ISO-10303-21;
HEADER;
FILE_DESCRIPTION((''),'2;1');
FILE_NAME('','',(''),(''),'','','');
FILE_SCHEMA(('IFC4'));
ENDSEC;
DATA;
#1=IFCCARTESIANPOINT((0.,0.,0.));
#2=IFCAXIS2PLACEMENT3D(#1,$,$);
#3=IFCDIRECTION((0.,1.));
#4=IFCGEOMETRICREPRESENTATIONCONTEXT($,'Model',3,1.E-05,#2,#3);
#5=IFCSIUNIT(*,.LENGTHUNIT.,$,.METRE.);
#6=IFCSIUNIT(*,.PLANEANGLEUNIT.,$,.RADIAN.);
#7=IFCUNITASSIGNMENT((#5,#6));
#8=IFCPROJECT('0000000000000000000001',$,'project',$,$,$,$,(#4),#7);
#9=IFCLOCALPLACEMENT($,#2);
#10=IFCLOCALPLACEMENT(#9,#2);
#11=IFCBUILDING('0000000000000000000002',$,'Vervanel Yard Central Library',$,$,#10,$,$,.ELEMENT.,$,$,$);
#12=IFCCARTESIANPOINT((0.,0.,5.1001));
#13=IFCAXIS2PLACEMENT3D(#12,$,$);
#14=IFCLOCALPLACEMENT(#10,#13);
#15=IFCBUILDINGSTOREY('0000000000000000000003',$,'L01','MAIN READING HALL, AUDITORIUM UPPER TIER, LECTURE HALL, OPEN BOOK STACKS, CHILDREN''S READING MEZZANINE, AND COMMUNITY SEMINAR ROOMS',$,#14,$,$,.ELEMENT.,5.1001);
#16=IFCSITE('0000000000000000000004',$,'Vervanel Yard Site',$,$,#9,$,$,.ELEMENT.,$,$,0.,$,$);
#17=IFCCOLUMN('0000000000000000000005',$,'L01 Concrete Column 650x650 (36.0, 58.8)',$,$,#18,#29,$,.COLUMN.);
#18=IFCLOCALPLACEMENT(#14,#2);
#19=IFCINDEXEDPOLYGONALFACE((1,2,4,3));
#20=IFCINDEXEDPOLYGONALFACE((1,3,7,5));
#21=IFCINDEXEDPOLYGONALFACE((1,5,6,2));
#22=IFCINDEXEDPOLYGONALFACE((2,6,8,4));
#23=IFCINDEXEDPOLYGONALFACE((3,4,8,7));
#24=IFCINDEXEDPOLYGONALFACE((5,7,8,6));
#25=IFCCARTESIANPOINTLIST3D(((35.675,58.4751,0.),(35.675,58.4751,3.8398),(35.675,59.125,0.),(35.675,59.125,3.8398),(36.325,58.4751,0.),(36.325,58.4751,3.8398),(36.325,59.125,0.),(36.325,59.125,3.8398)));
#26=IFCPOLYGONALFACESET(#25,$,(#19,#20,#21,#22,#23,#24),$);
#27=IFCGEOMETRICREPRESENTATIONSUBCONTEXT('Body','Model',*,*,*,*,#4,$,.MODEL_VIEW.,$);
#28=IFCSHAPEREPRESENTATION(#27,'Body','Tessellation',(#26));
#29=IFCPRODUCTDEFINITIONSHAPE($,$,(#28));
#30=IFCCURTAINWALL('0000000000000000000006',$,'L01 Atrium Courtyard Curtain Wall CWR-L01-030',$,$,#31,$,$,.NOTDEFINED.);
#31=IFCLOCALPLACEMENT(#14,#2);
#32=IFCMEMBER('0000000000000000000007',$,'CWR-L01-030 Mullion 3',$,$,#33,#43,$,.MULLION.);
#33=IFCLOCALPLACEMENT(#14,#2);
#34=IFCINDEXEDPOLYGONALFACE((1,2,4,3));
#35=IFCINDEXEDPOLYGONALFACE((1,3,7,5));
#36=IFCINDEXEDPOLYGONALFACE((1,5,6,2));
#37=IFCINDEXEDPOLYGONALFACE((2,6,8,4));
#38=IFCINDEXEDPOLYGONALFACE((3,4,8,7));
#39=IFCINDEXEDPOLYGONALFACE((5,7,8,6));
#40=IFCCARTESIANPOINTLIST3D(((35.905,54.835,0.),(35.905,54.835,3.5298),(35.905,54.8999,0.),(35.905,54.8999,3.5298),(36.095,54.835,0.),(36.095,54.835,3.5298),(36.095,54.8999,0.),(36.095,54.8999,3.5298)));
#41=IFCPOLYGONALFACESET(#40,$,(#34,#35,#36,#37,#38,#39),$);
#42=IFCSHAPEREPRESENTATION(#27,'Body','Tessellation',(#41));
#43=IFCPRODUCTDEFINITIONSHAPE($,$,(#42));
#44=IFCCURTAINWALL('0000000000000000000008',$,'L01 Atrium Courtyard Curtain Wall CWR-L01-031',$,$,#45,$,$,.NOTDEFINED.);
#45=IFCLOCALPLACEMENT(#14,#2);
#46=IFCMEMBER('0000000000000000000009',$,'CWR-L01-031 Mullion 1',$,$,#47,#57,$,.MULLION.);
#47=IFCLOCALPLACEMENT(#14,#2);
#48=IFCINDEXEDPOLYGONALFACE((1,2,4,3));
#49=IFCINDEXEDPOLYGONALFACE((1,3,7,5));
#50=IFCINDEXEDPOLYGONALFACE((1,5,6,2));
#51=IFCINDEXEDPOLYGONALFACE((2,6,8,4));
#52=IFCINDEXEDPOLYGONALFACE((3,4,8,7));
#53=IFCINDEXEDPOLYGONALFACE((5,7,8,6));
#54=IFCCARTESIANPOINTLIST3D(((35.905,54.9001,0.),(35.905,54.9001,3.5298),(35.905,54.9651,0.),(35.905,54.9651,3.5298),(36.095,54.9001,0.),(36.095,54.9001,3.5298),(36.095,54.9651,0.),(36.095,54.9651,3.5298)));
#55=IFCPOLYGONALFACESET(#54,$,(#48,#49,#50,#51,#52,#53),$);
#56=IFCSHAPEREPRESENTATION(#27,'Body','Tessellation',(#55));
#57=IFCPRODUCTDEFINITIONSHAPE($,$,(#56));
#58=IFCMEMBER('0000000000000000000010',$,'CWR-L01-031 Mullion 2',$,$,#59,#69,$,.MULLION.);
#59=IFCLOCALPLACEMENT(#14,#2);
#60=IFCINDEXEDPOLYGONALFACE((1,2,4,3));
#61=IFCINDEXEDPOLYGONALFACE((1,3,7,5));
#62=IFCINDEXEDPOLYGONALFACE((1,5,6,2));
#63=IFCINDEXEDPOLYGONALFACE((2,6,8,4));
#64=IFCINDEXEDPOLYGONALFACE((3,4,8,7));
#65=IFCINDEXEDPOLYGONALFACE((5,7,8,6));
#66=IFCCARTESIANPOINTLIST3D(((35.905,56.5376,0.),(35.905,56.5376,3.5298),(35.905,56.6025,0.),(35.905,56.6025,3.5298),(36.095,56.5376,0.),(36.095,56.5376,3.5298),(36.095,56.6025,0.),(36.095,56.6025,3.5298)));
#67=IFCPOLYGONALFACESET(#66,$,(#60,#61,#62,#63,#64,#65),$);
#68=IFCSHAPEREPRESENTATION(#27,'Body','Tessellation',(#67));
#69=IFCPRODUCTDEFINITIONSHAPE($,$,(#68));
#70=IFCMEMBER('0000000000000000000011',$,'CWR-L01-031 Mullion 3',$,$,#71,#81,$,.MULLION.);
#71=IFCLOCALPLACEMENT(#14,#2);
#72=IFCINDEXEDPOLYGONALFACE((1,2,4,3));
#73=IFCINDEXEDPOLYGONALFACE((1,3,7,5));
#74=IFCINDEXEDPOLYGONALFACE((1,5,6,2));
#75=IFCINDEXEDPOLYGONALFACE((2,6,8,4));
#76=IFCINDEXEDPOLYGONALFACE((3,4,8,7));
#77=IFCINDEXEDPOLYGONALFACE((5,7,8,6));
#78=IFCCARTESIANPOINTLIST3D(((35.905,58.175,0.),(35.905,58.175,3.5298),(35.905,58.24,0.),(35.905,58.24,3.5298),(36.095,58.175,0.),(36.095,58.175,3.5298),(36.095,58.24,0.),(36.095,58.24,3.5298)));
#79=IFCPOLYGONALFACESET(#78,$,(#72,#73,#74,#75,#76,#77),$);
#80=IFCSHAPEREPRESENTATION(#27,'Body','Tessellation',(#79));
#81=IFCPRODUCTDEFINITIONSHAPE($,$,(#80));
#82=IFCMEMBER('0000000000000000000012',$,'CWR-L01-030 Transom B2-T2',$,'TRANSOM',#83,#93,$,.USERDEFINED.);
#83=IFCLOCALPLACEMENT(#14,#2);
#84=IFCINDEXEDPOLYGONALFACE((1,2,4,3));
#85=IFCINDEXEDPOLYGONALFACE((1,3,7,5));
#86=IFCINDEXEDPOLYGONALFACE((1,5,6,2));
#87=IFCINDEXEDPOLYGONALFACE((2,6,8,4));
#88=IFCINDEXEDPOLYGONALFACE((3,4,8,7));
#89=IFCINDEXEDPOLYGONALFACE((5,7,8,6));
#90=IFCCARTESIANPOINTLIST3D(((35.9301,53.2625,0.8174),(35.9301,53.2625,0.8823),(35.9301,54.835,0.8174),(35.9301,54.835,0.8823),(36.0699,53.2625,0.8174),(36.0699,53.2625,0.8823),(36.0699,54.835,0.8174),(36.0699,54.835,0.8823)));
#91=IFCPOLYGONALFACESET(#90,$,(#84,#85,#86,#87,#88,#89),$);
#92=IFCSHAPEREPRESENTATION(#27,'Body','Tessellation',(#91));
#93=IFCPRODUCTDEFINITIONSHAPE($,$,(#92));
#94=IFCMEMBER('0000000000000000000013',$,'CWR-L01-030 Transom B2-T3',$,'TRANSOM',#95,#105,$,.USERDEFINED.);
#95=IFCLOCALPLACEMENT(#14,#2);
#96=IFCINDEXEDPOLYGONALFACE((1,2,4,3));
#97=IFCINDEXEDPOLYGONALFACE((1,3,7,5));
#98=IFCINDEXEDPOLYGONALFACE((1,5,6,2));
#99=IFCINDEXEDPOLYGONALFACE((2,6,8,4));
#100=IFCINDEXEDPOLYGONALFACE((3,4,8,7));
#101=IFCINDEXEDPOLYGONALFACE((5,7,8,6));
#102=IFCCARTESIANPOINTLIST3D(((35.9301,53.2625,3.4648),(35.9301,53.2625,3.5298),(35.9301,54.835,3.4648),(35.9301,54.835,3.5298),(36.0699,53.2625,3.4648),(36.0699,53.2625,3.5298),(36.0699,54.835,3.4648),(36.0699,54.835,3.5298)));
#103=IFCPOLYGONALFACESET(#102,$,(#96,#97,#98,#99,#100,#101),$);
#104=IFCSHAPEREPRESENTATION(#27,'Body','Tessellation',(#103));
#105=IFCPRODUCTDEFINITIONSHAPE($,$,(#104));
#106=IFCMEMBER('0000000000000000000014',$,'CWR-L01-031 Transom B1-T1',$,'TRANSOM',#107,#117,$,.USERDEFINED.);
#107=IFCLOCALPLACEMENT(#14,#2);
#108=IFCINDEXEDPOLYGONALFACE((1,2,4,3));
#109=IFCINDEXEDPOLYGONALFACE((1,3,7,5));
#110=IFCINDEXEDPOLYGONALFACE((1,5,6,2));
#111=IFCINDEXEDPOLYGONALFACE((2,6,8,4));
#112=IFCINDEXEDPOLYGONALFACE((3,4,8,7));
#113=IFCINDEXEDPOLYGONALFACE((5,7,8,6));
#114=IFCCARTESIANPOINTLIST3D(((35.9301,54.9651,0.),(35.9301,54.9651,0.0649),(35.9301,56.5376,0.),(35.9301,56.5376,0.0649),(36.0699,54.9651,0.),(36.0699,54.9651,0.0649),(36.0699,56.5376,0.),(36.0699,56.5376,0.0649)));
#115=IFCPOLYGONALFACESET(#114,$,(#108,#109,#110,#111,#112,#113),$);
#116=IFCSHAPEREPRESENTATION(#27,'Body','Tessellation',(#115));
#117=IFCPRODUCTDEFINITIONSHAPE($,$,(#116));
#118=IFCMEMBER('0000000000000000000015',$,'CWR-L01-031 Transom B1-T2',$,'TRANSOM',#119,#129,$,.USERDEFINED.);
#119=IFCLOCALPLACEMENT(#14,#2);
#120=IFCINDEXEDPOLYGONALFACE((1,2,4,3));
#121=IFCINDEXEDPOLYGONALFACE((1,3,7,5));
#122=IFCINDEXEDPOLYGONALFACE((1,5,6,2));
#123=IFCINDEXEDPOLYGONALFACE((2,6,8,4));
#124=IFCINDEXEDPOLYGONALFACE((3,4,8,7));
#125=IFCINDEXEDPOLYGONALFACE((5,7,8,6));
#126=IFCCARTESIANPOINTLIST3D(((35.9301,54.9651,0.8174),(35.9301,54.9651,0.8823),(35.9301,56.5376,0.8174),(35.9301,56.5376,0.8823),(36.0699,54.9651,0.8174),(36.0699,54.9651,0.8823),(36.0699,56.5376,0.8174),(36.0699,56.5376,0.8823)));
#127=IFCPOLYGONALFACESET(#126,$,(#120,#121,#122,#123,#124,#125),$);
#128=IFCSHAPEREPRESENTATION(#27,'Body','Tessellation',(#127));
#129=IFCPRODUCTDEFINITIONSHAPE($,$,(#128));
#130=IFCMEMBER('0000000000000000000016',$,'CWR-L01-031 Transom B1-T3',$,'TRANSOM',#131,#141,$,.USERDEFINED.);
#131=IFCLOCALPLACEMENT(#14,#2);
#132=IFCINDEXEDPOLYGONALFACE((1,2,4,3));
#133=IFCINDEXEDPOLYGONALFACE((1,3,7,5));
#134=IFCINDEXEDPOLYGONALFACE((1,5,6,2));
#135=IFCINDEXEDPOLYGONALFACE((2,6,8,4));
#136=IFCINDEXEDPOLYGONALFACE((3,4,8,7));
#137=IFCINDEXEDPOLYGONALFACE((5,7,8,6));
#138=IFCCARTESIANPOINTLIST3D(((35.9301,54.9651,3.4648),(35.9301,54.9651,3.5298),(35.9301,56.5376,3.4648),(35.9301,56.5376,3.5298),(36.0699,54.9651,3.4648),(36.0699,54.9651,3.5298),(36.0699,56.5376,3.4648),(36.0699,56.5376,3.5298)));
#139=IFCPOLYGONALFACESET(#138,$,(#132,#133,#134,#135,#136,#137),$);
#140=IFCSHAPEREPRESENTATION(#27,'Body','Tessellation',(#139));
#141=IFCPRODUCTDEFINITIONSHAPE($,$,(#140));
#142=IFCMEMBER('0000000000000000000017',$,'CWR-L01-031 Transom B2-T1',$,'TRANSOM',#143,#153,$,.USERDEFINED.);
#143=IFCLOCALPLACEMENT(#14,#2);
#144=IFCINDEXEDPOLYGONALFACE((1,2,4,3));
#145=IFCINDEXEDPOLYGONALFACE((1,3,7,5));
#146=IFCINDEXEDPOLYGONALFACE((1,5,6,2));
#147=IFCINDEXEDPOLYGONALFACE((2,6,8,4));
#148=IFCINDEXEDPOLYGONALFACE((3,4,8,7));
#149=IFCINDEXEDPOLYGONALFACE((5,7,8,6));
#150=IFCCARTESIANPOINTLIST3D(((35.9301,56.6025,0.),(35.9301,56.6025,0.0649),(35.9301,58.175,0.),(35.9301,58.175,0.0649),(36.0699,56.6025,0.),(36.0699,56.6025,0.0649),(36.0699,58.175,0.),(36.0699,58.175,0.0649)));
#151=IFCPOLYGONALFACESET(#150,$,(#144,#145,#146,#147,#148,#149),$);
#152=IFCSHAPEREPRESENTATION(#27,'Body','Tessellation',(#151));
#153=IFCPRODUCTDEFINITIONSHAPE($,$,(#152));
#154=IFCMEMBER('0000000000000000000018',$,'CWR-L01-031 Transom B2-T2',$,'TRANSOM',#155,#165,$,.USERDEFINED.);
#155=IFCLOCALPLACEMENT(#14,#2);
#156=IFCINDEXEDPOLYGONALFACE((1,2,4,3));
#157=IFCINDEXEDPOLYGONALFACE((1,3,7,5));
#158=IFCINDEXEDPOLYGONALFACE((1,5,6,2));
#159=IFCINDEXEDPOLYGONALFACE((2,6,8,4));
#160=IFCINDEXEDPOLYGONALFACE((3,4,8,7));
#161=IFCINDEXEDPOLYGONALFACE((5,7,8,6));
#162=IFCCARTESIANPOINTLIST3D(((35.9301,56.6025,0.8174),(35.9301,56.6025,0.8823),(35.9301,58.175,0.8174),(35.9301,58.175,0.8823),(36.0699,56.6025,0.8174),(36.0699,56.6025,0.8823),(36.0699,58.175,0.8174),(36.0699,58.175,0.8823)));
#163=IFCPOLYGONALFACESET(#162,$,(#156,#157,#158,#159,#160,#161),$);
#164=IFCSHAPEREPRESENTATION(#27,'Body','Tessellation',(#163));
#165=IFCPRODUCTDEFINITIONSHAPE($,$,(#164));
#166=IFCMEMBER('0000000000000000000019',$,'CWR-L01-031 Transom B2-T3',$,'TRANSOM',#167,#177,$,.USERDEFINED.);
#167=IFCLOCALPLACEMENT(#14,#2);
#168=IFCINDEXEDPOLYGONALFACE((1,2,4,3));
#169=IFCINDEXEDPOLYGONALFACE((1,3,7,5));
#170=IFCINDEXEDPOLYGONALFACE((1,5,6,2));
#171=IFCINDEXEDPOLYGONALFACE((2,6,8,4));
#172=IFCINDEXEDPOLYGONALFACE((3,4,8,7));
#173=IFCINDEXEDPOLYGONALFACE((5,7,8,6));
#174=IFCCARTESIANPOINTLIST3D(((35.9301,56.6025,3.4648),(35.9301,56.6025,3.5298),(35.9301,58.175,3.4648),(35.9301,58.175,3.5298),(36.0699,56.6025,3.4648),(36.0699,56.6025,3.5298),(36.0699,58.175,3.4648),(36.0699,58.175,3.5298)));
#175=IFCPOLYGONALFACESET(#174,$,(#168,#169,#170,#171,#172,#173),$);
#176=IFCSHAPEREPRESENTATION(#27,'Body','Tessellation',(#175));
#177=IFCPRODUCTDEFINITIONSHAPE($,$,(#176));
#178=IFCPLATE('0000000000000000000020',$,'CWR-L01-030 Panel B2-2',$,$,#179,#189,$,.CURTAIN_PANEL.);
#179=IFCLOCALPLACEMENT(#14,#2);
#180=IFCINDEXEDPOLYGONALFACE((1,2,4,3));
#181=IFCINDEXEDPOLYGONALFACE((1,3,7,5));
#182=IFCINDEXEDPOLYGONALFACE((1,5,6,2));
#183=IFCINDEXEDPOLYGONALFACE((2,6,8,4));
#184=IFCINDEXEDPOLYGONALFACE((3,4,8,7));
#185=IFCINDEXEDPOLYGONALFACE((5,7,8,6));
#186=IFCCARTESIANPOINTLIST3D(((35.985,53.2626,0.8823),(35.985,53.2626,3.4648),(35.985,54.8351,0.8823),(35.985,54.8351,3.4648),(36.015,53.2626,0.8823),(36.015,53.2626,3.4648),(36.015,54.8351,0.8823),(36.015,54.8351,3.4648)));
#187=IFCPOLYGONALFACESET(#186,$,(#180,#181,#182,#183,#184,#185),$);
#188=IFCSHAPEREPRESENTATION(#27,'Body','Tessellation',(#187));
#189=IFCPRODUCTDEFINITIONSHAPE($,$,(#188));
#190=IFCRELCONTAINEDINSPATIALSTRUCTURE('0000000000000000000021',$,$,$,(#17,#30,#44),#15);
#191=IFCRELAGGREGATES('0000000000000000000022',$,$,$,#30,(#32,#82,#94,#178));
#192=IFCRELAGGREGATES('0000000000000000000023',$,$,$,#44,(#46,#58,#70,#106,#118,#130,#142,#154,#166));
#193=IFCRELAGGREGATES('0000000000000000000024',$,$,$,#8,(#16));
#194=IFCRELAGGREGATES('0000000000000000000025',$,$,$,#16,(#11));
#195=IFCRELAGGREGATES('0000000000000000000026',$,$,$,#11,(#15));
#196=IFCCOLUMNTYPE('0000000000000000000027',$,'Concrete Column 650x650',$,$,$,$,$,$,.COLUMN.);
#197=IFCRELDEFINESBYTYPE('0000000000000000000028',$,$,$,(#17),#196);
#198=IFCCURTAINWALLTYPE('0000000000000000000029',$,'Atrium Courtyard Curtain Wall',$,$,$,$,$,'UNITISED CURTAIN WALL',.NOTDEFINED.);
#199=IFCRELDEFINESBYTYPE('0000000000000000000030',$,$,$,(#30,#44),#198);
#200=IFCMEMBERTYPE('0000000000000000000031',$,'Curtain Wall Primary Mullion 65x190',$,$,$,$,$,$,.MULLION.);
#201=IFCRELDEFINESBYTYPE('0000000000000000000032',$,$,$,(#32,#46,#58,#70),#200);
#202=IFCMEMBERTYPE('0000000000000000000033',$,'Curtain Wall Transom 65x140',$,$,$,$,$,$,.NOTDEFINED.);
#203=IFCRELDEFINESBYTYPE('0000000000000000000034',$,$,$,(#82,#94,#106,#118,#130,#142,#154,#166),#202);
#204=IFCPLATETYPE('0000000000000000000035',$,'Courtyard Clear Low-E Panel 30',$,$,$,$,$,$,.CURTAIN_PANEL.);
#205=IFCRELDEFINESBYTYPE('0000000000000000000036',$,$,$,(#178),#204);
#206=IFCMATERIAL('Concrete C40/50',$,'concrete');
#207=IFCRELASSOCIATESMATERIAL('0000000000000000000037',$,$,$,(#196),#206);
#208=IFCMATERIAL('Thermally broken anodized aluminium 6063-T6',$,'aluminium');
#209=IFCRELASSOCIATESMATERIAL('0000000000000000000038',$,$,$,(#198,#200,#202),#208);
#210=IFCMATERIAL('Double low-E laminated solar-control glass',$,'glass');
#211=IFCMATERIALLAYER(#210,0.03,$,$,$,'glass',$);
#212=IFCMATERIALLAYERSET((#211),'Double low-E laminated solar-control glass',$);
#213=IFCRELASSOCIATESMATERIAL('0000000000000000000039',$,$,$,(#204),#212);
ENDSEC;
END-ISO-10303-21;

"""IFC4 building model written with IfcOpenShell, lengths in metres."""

from ifc_helpers import new_model, si_unit, direction, frame, origin, origin_2d, place, context, subcontext, project, spatial, rectangle, extrude, material, layer, layer_set, material_profile, profile_set, type_object, element, aggregate, save


model = new_model("IFC4")

# Units and contexts
model_context = context("Model", 3, precision=1e-05, world=origin(), true_north=direction((0.0, 1.0)))
body_context = subcontext(model_context, "Body", "Model", "MODEL_VIEW")
ifc_project = project(units=[si_unit("LENGTHUNIT", "METRE"), si_unit("PLANEANGLEUNIT", "RADIAN")], contexts=[model_context])

# Site, building, storey
site_placement = place(None, origin())
site = spatial("IfcSite", under=ifc_project, at=site_placement, Name="Vervanel Yard Site", CompositionType="ELEMENT", RefElevation=0.0)
building_placement = place(site_placement, origin())
building = spatial("IfcBuilding", under=site, at=building_placement, Name="Vervanel Yard Central Library", CompositionType="ELEMENT")
storey_placement = place(building_placement, frame((0.0, 0.0, 5.1001)))
storey = spatial("IfcBuildingStorey", under=building, at=storey_placement, Name="L01", Description="MAIN READING HALL, AUDITORIUM UPPER TIER, LECTURE HALL, OPEN BOOK STACKS, CHILDREN'S READING MEZZANINE, AND COMMUNITY SEMINAR ROOMS", CompositionType="ELEMENT", Elevation=5.1001)

# Column
ifc_material_1 = material(Name="Concrete C40/50", Category="concrete")
ifc_material_profile_1 = material_profile(ifc_material_1, rectangle(XDim=0.6499, YDim=0.6499, at=origin_2d()), Name="RC 650x650", Category="concrete")
ifc_profile_set_1 = profile_set([ifc_material_profile_1], Name="Concrete C40/50")
column_type = type_object("IfcColumnType", Name="Concrete Column 650x650", PredefinedType="COLUMN", material=ifc_profile_set_1)
column_placement = place(storey_placement, frame((36.0, 58.8, 0.0), z_axis=(0.0, 0.0, 1.0), x_axis=(1.0, 0.0, 0.0)))
element("IfcColumn", 1, at=column_placement, inside=storey, type_object=column_type, Name="L01 Concrete Column 650x650 (36.0, 58.8)", PredefinedType="COLUMN", context=body_context, shape_type="SweptSolid", body=[
    extrude(rectangle(XDim=0.6499, YDim=0.6499, at=origin_2d()), origin(), (0.0, 0.0, 1.0), 3.8398),
])

# Curtain wall, member
ifc_material_2 = material(Name="Thermally broken anodized aluminium 6063-T6", Category="aluminium")
curtain_wall_type = type_object("IfcCurtainWallType", Name="Atrium Courtyard Curtain Wall", ElementType="UNITISED CURTAIN WALL", PredefinedType="NOTDEFINED", material=ifc_material_2)
curtain_wall_1_placement = place(storey_placement, origin())
curtain_wall_1 = element("IfcCurtainWall", 2, at=curtain_wall_1_placement, inside=storey, type_object=curtain_wall_type, Name="L01 Atrium Courtyard Curtain Wall CWR-L01-030", PredefinedType="NOTDEFINED")
ifc_material_profile_2 = material_profile(ifc_material_2, rectangle(XDim=0.0649, YDim=0.1899, at=origin_2d()), Name="ALU 65x190", Category="aluminium")
ifc_profile_set_2 = profile_set([ifc_material_profile_2], Name="Thermally broken anodized aluminium 6063-T6")
member_type_1 = type_object("IfcMemberType", Name="Curtain Wall Primary Mullion 65x190", PredefinedType="MULLION", material=ifc_profile_set_2)
member_1_placement = place(storey_placement, frame((36.0, 54.8674, 0.0), z_axis=(0.0, 0.0, 1.0), x_axis=(0.0, 1.0, 0.0)))
member_1 = element("IfcMember", 3, at=member_1_placement, type_object=member_type_1, Name="CWR-L01-030 Mullion 3", PredefinedType="MULLION", context=body_context, shape_type="SweptSolid", body=[
    extrude(rectangle(XDim=0.0649, YDim=0.1899, at=origin_2d()), origin(), (0.0, 0.0, 1.0), 3.5298),
])

# Curtain wall, members
curtain_wall_2_placement = place(storey_placement, origin())
curtain_wall_2 = element("IfcCurtainWall", 4, at=curtain_wall_2_placement, inside=storey, type_object=curtain_wall_type, Name="L01 Atrium Courtyard Curtain Wall CWR-L01-031", PredefinedType="NOTDEFINED")
member_2_placement = place(storey_placement, frame((36.0, 54.9326, 0.0), z_axis=(0.0, 0.0, 1.0), x_axis=(0.0, 1.0, 0.0)))
member_2 = element("IfcMember", 5, at=member_2_placement, type_object=member_type_1, Name="CWR-L01-031 Mullion 1", PredefinedType="MULLION", context=body_context, shape_type="SweptSolid", body=[
    extrude(rectangle(XDim=0.0649, YDim=0.1899, at=origin_2d()), origin(), (0.0, 0.0, 1.0), 3.5298),
])
member_3_placement = place(storey_placement, frame((36.0, 56.5701, 0.0), z_axis=(0.0, 0.0, 1.0), x_axis=(0.0, 1.0, 0.0)))
member_3 = element("IfcMember", 6, at=member_3_placement, type_object=member_type_1, Name="CWR-L01-031 Mullion 2", PredefinedType="MULLION", context=body_context, shape_type="SweptSolid", body=[
    extrude(rectangle(XDim=0.0649, YDim=0.1899, at=origin_2d()), origin(), (0.0, 0.0, 1.0), 3.5298),
])
member_4_placement = place(storey_placement, frame((36.0, 58.2075, 0.0), z_axis=(0.0, 0.0, 1.0), x_axis=(0.0, 1.0, 0.0)))
member_4 = element("IfcMember", 7, at=member_4_placement, type_object=member_type_1, Name="CWR-L01-031 Mullion 3", PredefinedType="MULLION", context=body_context, shape_type="SweptSolid", body=[
    extrude(rectangle(XDim=0.0649, YDim=0.1899, at=origin_2d()), origin(), (0.0, 0.0, 1.0), 3.5298),
])

# Members
ifc_material_profile_3 = material_profile(ifc_material_2, rectangle(XDim=0.0649, YDim=0.1399, at=origin_2d()), Name="ALU 65x140", Category="aluminium")
ifc_profile_set_3 = profile_set([ifc_material_profile_3], Name="Thermally broken anodized aluminium 6063-T6")
member_type_2 = type_object("IfcMemberType", Name="Curtain Wall Transom 65x140", PredefinedType="NOTDEFINED", material=ifc_profile_set_3)
member_5_placement = place(storey_placement, frame((36.0, 53.2625, 0.8499), z_axis=(0.0, 1.0, 0.0), x_axis=(0.0, 0.0, 1.0)))
member_5 = element("IfcMember", 8, at=member_5_placement, type_object=member_type_2, Name="CWR-L01-030 Transom B2-T2", ObjectType="TRANSOM", PredefinedType="USERDEFINED", context=body_context, shape_type="SweptSolid", body=[
    extrude(rectangle(XDim=0.0649, YDim=0.1399, at=origin_2d()), origin(), (0.0, 0.0, 1.0), 1.5725),
])
member_6_placement = place(storey_placement, frame((36.0, 53.2625, 3.4973), z_axis=(0.0, 1.0, 0.0), x_axis=(0.0, 0.0, 1.0)))
member_6 = element("IfcMember", 9, at=member_6_placement, type_object=member_type_2, Name="CWR-L01-030 Transom B2-T3", ObjectType="TRANSOM", PredefinedType="USERDEFINED", context=body_context, shape_type="SweptSolid", body=[
    extrude(rectangle(XDim=0.0649, YDim=0.1399, at=origin_2d()), origin(), (0.0, 0.0, 1.0), 1.5725),
])
member_7_placement = place(storey_placement, frame((36.0, 54.9651, 0.0325), z_axis=(0.0, 1.0, 0.0), x_axis=(0.0, 0.0, 1.0)))
member_7 = element("IfcMember", 10, at=member_7_placement, type_object=member_type_2, Name="CWR-L01-031 Transom B1-T1", ObjectType="TRANSOM", PredefinedType="USERDEFINED", context=body_context, shape_type="SweptSolid", body=[
    extrude(rectangle(XDim=0.0649, YDim=0.1399, at=origin_2d()), origin(), (0.0, 0.0, 1.0), 1.5725),
])
member_8_placement = place(storey_placement, frame((36.0, 54.9651, 0.8499), z_axis=(0.0, 1.0, 0.0), x_axis=(0.0, 0.0, 1.0)))
member_8 = element("IfcMember", 11, at=member_8_placement, type_object=member_type_2, Name="CWR-L01-031 Transom B1-T2", ObjectType="TRANSOM", PredefinedType="USERDEFINED", context=body_context, shape_type="SweptSolid", body=[
    extrude(rectangle(XDim=0.0649, YDim=0.1399, at=origin_2d()), origin(), (0.0, 0.0, 1.0), 1.5725),
])
member_9_placement = place(storey_placement, frame((36.0, 54.9651, 3.4973), z_axis=(0.0, 1.0, 0.0), x_axis=(0.0, 0.0, 1.0)))
member_9 = element("IfcMember", 12, at=member_9_placement, type_object=member_type_2, Name="CWR-L01-031 Transom B1-T3", ObjectType="TRANSOM", PredefinedType="USERDEFINED", context=body_context, shape_type="SweptSolid", body=[
    extrude(rectangle(XDim=0.0649, YDim=0.1399, at=origin_2d()), origin(), (0.0, 0.0, 1.0), 1.5725),
])
member_10_placement = place(storey_placement, frame((36.0, 56.6025, 0.0325), z_axis=(0.0, 1.0, 0.0), x_axis=(0.0, 0.0, 1.0)))
member_10 = element("IfcMember", 13, at=member_10_placement, type_object=member_type_2, Name="CWR-L01-031 Transom B2-T1", ObjectType="TRANSOM", PredefinedType="USERDEFINED", context=body_context, shape_type="SweptSolid", body=[
    extrude(rectangle(XDim=0.0649, YDim=0.1399, at=origin_2d()), origin(), (0.0, 0.0, 1.0), 1.5725),
])
member_11_placement = place(storey_placement, frame((36.0, 56.6025, 0.8499), z_axis=(0.0, 1.0, 0.0), x_axis=(0.0, 0.0, 1.0)))
member_11 = element("IfcMember", 14, at=member_11_placement, type_object=member_type_2, Name="CWR-L01-031 Transom B2-T2", ObjectType="TRANSOM", PredefinedType="USERDEFINED", context=body_context, shape_type="SweptSolid", body=[
    extrude(rectangle(XDim=0.0649, YDim=0.1399, at=origin_2d()), origin(), (0.0, 0.0, 1.0), 1.5725),
])
member_12_placement = place(storey_placement, frame((36.0, 56.6025, 3.4973), z_axis=(0.0, 1.0, 0.0), x_axis=(0.0, 0.0, 1.0)))
member_12 = element("IfcMember", 15, at=member_12_placement, type_object=member_type_2, Name="CWR-L01-031 Transom B2-T3", ObjectType="TRANSOM", PredefinedType="USERDEFINED", context=body_context, shape_type="SweptSolid", body=[
    extrude(rectangle(XDim=0.0649, YDim=0.1399, at=origin_2d()), origin(), (0.0, 0.0, 1.0), 1.5725),
])

# Plate
ifc_material_3 = material(Name="Double low-E laminated solar-control glass", Category="glass")
ifc_layer_1 = layer(ifc_material_3, 0.03, Category="glass")
ifc_layer_set_1 = layer_set([ifc_layer_1], Name="Double low-E laminated solar-control glass")
plate_type_1 = type_object("IfcPlateType", Name="Courtyard Clear Low-E Panel 30", PredefinedType="CURTAIN_PANEL", material=ifc_layer_set_1)
plate_1_placement = place(storey_placement, frame((36.0, 54.0488, 0.8823), z_axis=(0.0, 0.0, 1.0), x_axis=(0.0, 1.0, 0.0)))
plate_1 = element("IfcPlate", 16, at=plate_1_placement, type_object=plate_type_1, Name="CWR-L01-030 Panel B2-2", PredefinedType="CURTAIN_PANEL", context=body_context, shape_type="SweptSolid", body=[
    extrude(rectangle(XDim=1.5725, YDim=0.03, at=origin_2d()), origin(), (0.0, 0.0, 1.0), 2.5825),
])
aggregate(curtain_wall_1, [member_1, member_5, member_6, plate_1])
aggregate(curtain_wall_2, [member_2, member_3, member_4, member_7, member_8, member_9, member_10, member_11, member_12])

save(model, "model.ifc")
